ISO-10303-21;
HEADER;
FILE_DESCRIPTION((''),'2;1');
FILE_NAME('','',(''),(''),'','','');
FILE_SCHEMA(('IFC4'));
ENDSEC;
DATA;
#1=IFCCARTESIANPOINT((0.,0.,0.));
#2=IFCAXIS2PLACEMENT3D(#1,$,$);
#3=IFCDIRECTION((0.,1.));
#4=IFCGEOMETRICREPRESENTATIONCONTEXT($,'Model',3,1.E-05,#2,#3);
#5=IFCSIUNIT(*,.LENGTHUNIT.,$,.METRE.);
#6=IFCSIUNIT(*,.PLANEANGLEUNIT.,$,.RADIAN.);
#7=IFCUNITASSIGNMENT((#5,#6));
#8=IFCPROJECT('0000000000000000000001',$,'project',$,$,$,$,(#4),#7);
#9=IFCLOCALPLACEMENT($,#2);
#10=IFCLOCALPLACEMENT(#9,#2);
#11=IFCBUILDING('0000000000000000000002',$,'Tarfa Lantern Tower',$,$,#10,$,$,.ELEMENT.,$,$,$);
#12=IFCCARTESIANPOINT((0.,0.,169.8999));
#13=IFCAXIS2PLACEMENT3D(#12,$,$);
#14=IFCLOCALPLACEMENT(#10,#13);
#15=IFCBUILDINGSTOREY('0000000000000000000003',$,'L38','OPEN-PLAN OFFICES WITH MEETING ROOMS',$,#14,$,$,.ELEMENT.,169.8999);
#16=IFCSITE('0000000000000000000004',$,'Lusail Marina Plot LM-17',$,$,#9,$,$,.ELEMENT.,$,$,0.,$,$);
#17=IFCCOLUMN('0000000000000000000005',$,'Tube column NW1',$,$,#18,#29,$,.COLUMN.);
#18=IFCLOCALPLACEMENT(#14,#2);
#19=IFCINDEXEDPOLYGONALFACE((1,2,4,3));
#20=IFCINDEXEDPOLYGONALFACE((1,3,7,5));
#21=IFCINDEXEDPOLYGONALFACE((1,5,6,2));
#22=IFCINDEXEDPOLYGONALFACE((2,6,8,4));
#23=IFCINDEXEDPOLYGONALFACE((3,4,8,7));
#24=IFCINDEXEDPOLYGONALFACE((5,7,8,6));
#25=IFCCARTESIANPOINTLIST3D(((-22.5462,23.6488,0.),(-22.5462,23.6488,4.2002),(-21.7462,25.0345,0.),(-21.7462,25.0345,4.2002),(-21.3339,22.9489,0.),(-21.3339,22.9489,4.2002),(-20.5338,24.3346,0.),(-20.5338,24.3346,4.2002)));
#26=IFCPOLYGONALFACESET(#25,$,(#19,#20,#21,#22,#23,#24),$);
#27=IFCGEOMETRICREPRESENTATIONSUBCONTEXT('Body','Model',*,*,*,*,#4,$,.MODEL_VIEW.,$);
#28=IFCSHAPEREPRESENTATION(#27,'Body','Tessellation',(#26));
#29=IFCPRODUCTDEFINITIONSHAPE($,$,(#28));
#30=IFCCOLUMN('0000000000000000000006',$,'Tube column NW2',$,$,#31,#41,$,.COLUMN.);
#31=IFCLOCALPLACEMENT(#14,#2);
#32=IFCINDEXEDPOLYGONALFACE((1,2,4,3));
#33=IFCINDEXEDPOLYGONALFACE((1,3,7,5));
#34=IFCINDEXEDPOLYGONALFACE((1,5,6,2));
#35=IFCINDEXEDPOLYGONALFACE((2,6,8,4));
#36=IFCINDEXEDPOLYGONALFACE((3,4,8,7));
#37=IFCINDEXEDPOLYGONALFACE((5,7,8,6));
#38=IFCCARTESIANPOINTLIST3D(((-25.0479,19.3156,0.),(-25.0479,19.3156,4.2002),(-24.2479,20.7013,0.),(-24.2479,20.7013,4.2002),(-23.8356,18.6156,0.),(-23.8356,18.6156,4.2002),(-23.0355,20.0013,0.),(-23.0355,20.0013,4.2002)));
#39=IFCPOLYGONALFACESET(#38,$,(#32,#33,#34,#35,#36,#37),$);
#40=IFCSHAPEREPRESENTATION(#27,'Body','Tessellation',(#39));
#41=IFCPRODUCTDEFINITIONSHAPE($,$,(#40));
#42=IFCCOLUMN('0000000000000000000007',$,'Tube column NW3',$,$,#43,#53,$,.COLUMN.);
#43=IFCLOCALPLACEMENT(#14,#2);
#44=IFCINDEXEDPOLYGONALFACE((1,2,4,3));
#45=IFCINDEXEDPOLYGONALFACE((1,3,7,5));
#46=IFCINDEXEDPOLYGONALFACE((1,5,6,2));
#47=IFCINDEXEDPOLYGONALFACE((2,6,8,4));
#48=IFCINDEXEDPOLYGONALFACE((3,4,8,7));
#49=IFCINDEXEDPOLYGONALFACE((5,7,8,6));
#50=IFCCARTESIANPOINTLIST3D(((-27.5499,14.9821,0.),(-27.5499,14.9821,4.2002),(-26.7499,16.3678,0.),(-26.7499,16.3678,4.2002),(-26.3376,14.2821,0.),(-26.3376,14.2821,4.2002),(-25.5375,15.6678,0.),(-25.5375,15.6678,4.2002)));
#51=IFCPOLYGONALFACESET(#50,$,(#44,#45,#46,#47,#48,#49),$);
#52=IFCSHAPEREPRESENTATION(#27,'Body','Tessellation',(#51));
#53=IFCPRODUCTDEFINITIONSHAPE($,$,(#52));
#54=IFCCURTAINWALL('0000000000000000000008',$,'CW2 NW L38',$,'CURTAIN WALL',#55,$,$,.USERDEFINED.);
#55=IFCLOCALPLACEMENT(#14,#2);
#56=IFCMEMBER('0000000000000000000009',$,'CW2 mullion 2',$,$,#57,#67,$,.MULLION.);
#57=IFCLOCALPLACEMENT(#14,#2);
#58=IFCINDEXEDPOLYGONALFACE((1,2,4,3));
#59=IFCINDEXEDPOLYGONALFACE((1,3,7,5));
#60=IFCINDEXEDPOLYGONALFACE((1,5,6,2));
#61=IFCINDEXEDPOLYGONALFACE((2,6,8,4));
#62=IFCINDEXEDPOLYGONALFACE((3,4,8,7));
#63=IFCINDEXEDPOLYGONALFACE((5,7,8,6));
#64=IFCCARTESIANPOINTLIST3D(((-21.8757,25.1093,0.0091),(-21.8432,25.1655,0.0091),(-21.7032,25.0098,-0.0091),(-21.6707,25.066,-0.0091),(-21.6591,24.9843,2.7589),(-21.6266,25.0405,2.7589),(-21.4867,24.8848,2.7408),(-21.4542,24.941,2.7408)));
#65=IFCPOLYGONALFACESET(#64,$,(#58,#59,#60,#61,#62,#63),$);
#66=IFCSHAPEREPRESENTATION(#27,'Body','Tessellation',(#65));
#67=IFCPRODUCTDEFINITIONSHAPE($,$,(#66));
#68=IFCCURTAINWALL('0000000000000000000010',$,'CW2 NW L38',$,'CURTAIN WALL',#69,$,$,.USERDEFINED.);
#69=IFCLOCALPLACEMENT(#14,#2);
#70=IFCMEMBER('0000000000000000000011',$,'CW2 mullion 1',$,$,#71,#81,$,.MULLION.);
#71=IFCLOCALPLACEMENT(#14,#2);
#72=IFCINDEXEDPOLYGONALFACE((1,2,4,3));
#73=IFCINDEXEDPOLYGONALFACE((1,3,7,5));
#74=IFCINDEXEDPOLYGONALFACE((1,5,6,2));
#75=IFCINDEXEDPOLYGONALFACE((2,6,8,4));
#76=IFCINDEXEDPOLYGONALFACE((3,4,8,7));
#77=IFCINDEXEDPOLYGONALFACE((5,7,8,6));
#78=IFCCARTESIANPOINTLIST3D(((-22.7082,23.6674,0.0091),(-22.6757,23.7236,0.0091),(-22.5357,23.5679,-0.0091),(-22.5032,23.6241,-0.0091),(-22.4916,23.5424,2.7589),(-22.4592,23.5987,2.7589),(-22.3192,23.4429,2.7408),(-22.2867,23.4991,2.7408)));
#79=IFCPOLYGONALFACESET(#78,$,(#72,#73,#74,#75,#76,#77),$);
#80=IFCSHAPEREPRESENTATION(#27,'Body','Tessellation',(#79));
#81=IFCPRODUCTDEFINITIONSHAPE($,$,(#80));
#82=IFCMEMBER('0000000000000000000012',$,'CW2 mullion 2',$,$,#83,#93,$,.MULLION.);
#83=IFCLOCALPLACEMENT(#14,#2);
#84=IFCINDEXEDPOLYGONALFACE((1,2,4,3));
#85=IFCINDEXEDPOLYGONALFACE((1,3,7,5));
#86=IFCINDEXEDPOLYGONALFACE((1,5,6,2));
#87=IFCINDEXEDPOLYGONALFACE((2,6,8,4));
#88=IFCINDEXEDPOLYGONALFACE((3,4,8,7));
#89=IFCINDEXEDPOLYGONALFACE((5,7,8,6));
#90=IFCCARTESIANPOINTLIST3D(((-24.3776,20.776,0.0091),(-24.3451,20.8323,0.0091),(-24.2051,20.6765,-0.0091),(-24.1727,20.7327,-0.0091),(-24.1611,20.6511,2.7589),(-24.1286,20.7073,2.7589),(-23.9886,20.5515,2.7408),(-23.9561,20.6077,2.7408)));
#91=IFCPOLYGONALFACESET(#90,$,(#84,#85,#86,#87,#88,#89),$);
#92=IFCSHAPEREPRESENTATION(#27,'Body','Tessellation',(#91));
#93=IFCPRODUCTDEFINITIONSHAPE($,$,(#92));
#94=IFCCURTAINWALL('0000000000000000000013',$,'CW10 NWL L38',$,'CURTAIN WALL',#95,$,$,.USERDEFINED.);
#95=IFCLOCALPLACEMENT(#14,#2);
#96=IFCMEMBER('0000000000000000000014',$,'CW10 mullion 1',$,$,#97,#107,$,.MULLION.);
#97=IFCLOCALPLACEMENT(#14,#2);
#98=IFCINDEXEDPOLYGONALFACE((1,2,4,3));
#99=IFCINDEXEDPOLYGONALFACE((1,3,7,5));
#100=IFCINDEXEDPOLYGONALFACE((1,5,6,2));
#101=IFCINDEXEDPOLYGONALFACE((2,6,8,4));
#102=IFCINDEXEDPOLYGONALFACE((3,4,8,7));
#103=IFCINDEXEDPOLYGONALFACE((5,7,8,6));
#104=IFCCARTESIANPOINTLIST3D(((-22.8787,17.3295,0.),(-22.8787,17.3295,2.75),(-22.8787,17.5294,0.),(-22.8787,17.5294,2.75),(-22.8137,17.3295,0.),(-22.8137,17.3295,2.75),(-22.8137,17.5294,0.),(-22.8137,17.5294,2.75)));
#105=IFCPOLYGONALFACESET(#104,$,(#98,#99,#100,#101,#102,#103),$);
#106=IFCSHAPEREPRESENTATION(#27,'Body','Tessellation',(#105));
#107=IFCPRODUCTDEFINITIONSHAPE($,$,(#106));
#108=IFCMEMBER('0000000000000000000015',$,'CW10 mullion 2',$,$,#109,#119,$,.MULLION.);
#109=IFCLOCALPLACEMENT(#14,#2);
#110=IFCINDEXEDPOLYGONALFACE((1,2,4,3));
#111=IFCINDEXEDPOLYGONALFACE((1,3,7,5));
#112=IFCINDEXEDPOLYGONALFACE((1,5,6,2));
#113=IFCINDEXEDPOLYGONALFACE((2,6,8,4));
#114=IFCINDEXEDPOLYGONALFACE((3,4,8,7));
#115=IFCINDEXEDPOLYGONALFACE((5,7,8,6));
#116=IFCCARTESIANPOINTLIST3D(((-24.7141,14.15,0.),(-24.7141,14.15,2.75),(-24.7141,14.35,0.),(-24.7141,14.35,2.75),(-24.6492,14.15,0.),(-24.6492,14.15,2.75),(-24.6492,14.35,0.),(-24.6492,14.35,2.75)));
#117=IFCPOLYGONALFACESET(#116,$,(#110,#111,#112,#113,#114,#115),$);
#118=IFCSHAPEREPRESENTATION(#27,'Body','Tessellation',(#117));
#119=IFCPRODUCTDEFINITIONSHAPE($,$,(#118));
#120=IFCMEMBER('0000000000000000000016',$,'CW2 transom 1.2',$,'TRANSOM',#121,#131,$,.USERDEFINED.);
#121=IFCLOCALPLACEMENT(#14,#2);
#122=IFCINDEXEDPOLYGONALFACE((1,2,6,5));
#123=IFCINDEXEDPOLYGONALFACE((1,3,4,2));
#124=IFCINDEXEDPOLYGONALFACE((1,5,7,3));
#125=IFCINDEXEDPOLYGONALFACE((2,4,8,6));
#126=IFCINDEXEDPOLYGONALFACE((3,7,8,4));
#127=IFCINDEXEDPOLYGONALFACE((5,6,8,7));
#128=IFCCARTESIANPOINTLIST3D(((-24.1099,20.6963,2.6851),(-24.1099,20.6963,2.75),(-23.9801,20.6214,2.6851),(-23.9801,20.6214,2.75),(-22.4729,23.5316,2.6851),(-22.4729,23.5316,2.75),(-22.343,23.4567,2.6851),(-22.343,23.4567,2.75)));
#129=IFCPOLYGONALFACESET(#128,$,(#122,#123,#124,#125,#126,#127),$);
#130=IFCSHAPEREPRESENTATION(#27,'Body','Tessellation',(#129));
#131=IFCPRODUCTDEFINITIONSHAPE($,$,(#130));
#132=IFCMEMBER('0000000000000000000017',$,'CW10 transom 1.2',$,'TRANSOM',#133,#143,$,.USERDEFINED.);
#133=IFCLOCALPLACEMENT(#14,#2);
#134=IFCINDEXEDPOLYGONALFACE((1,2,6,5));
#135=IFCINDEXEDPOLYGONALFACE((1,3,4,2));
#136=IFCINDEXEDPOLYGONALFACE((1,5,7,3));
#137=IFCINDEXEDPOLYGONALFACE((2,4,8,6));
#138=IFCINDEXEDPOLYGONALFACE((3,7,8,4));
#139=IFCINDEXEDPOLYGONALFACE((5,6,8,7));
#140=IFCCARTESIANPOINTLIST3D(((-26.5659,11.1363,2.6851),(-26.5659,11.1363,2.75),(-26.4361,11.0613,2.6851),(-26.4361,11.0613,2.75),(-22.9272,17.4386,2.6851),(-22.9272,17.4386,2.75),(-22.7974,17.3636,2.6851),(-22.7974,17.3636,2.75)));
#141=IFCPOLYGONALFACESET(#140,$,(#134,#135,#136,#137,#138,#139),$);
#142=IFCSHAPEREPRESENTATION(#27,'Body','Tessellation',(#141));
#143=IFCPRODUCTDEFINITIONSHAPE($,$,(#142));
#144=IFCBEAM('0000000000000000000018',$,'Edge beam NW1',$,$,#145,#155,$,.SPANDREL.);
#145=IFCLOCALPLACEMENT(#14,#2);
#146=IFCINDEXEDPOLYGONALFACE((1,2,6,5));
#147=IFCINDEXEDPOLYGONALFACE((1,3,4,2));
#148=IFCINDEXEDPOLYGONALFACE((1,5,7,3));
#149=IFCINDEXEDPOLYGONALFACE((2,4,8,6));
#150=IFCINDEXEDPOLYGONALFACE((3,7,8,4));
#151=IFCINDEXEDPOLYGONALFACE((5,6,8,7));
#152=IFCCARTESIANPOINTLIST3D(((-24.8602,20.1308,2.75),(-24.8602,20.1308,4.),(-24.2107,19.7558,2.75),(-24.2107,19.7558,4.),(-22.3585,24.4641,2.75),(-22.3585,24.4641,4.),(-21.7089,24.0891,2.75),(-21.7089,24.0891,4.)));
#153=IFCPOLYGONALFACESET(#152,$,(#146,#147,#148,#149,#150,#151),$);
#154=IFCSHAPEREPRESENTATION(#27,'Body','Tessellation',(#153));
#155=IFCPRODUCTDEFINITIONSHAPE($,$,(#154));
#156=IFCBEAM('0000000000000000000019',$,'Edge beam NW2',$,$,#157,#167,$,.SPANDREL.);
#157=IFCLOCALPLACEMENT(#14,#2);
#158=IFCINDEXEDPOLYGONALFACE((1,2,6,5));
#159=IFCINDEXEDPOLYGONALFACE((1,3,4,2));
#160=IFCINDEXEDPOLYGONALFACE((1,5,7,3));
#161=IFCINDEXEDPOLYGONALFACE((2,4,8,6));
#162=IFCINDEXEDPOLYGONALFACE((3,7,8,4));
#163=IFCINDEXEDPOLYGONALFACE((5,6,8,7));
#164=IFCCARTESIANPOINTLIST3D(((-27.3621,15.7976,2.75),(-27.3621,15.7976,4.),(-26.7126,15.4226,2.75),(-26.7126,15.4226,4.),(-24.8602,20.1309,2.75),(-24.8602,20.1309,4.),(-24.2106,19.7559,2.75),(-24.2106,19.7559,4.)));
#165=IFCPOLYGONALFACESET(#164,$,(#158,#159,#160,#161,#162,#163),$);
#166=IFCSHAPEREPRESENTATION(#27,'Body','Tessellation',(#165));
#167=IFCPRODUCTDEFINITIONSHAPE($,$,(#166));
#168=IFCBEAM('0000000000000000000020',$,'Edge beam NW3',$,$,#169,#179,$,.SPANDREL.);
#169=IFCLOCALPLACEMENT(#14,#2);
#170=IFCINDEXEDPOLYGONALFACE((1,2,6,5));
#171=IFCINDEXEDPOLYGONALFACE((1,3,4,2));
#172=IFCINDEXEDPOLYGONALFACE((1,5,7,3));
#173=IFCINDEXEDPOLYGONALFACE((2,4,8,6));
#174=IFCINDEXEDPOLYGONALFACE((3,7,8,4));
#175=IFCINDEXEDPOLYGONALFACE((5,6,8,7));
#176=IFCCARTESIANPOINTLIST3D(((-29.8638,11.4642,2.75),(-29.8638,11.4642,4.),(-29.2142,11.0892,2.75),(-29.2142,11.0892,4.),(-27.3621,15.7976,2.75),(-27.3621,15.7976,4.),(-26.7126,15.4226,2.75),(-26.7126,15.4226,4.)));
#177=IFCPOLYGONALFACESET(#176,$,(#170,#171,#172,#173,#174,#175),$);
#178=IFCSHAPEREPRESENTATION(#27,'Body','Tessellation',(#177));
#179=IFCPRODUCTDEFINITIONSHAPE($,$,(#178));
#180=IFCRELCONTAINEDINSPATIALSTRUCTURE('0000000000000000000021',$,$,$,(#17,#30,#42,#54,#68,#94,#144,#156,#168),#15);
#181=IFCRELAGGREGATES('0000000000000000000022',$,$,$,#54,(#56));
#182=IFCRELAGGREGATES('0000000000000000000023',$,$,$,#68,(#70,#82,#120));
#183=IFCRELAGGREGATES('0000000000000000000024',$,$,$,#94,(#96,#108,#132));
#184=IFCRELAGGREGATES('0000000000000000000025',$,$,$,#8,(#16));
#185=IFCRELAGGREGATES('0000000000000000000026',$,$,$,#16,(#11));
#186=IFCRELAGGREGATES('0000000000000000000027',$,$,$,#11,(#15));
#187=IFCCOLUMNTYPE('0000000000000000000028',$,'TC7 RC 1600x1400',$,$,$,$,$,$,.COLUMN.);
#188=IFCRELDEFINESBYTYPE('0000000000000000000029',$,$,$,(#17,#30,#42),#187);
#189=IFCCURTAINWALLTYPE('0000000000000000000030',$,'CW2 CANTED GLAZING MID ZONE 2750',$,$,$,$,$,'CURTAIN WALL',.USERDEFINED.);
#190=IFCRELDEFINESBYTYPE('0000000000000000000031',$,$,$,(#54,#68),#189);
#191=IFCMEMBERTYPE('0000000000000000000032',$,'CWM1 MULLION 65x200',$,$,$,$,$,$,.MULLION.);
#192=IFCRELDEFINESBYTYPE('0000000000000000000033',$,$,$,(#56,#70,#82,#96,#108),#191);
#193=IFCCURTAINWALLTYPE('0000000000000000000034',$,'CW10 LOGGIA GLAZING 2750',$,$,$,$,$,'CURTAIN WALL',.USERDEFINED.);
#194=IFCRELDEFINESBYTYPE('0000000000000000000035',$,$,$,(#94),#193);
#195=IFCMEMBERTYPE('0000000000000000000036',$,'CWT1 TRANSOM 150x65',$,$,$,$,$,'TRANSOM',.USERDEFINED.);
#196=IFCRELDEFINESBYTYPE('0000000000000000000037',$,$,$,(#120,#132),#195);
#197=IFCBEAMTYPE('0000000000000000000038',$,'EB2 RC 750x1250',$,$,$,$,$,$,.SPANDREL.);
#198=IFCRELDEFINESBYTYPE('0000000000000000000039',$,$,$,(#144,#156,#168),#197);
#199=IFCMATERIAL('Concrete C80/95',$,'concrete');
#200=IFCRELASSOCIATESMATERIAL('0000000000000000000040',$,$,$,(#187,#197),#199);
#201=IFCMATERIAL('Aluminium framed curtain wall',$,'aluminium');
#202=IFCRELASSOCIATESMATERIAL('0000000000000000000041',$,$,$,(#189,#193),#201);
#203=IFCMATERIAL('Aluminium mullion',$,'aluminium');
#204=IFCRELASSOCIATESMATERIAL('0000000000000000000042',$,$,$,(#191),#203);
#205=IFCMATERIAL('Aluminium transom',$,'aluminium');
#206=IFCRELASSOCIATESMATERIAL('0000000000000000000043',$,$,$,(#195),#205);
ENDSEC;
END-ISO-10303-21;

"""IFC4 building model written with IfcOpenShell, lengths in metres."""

from ifc_helpers import new_model, si_unit, direction, frame, origin, origin_2d, place, context, subcontext, project, spatial, rectangle, extrude, material, material_profile, profile_set, type_object, element, aggregate, save


model = new_model("IFC4")

# Units and contexts
model_context = context("Model", 3, precision=1e-05, world=origin(), true_north=direction((0.0, 1.0)))
body_context = subcontext(model_context, "Body", "Model", "MODEL_VIEW")
ifc_project = project(units=[si_unit("LENGTHUNIT", "METRE"), si_unit("PLANEANGLEUNIT", "RADIAN")], contexts=[model_context])

# Site, building, storey
site_placement = place(None, origin())
site = spatial("IfcSite", under=ifc_project, at=site_placement, Name="Lusail Marina Plot LM-17", CompositionType="ELEMENT", RefElevation=0.0)
building_placement = place(site_placement, origin())
building = spatial("IfcBuilding", under=site, at=building_placement, Name="Tarfa Lantern Tower", CompositionType="ELEMENT")
storey_placement = place(building_placement, frame((0.0, 0.0, 169.8999)))
storey = spatial("IfcBuildingStorey", under=building, at=storey_placement, Name="L38", Description="OPEN-PLAN OFFICES WITH MEETING ROOMS", CompositionType="ELEMENT", Elevation=169.8999)

# Columns
ifc_material_1 = material(Name="Concrete C80/95", Category="concrete")
ifc_material_profile_1 = material_profile(ifc_material_1, rectangle(XDim=1.6001, YDim=1.3999, at=origin_2d()), Name="RC 1600x1400")
ifc_profile_set_1 = profile_set([ifc_material_profile_1], Name="Concrete C80/95")
column_type = type_object("IfcColumnType", Name="TC7 RC 1600x1400", PredefinedType="COLUMN", material=ifc_profile_set_1)
for number, where, z_axis, x_axis, name in (
    (1, (-21.54, 23.9917, 0.0), (0.0, 0.0, 1.0), (-0.5, -0.866025, 0.0), "Tube column NW1"),
    (2, (-24.0417, 19.6584, 0.0), (0.0, 0.0, 1.0), (-0.5, -0.866025, 0.0), "Tube column NW2"),
    (3, (-26.5437, 15.325, 0.0), (0.0, 0.0, 1.0), (-0.5, -0.866025, 0.0), "Tube column NW3"),
):
    element("IfcColumn", number, at=place(storey_placement, frame(where, z_axis=z_axis, x_axis=x_axis)), inside=storey, type_object=column_type, Name=name, PredefinedType="COLUMN", context=body_context, shape_type="SweptSolid", body=[
        extrude(rectangle(XDim=1.6001, YDim=1.3999, at=origin_2d()), origin(), (0.0, 0.0, 1.0), 4.2002),
    ])

# Curtain wall, member
ifc_material_2 = material(Name="Aluminium framed curtain wall", Category="aluminium")
curtain_wall_type_1 = type_object("IfcCurtainWallType", Name="CW2 CANTED GLAZING MID ZONE 2750", ElementType="CURTAIN WALL", PredefinedType="USERDEFINED", material=ifc_material_2)
curtain_wall_1_placement = place(storey_placement, origin())
curtain_wall_1 = element("IfcCurtainWall", 4, at=curtain_wall_1_placement, inside=storey, type_object=curtain_wall_type_1, Name="CW2 NW L38", ObjectType="CURTAIN WALL", PredefinedType="USERDEFINED")
ifc_material_3 = material(Name="Aluminium mullion", Category="aluminium")
ifc_material_profile_2 = material_profile(ifc_material_3, rectangle(XDim=0.0649, YDim=0.2, at=origin_2d()), Name="AL MULLION 65x200")
ifc_profile_set_2 = profile_set([ifc_material_profile_2], Name="Aluminium mullion")
member_type_1 = type_object("IfcMemberType", Name="CWM1 MULLION 65x200", PredefinedType="MULLION", material=ifc_profile_set_2)
member_1_placement = place(storey_placement, frame((-21.7732, 25.0876, 0.0), z_axis=(0.078423, -0.045268, 0.995892), x_axis=(0.49992, 0.866072, 0.0)))
member_1 = element("IfcMember", 5, at=member_1_placement, type_object=member_type_1, Name="CW2 mullion 2", PredefinedType="MULLION", context=body_context, shape_type="SweptSolid", body=[
    extrude(rectangle(XDim=0.0649, YDim=0.2, at=origin_2d()), origin(), (0.0, 0.0, 1.0), 2.7612),
])
aggregate(curtain_wall_1, [member_1])

# Curtain walls, members
curtain_wall_2_placement = place(storey_placement, origin())
curtain_wall_2 = element("IfcCurtainWall", 6, at=curtain_wall_2_placement, inside=storey, type_object=curtain_wall_type_1, Name="CW2 NW L38", ObjectType="CURTAIN WALL", PredefinedType="USERDEFINED")
member_2_placement = place(storey_placement, frame((-22.6057, 23.6458, 0.0), z_axis=(0.078423, -0.045268, 0.995892), x_axis=(0.49992, 0.866072, 0.0)))
member_2 = element("IfcMember", 7, at=member_2_placement, type_object=member_type_1, Name="CW2 mullion 1", PredefinedType="MULLION", context=body_context, shape_type="SweptSolid", body=[
    extrude(rectangle(XDim=0.0649, YDim=0.2, at=origin_2d()), origin(), (0.0, 0.0, 1.0), 2.7612),
])
member_3_placement = place(storey_placement, frame((-24.2751, 20.7544, 0.0), z_axis=(0.078423, -0.045268, 0.995892), x_axis=(0.49992, 0.866072, 0.0)))
member_3 = element("IfcMember", 8, at=member_3_placement, type_object=member_type_1, Name="CW2 mullion 2", PredefinedType="MULLION", context=body_context, shape_type="SweptSolid", body=[
    extrude(rectangle(XDim=0.0649, YDim=0.2, at=origin_2d()), origin(), (0.0, 0.0, 1.0), 2.7612),
])
curtain_wall_type_2 = type_object("IfcCurtainWallType", Name="CW10 LOGGIA GLAZING 2750", ElementType="CURTAIN WALL", PredefinedType="USERDEFINED", material=ifc_material_2)
curtain_wall_3_placement = place(storey_placement, origin())
curtain_wall_3 = element("IfcCurtainWall", 9, at=curtain_wall_3_placement, inside=storey, type_object=curtain_wall_type_2, Name="CW10 NWL L38", ObjectType="CURTAIN WALL", PredefinedType="USERDEFINED")
member_4_placement = place(storey_placement, frame((-22.8462, 17.4294, 0.0), z_axis=(0.0, 0.0, 1.0), x_axis=(1.0, 0.0, 0.0)))
member_4 = element("IfcMember", 10, at=member_4_placement, type_object=member_type_1, Name="CW10 mullion 1", PredefinedType="MULLION", context=body_context, shape_type="SweptSolid", body=[
    extrude(rectangle(XDim=0.0649, YDim=0.2, at=origin_2d()), origin(), (0.0, 0.0, 1.0), 2.75),
])
member_5_placement = place(storey_placement, frame((-24.6816, 14.25, 0.0), z_axis=(0.0, 0.0, 1.0), x_axis=(1.0, 0.0, 0.0)))
member_5 = element("IfcMember", 11, at=member_5_placement, type_object=member_type_1, Name="CW10 mullion 2", PredefinedType="MULLION", context=body_context, shape_type="SweptSolid", body=[
    extrude(rectangle(XDim=0.0649, YDim=0.2, at=origin_2d()), origin(), (0.0, 0.0, 1.0), 2.75),
])

# Members
ifc_material_4 = material(Name="Aluminium transom", Category="aluminium")
ifc_material_profile_3 = material_profile(ifc_material_4, rectangle(XDim=0.1499, YDim=0.0649, at=origin_2d()), Name="AL TRANSOM 150x65")
ifc_profile_set_3 = profile_set([ifc_material_profile_3], Name="Aluminium transom")
member_type_2 = type_object("IfcMemberType", Name="CWT1 TRANSOM 150x65", ElementType="TRANSOM", PredefinedType="USERDEFINED", material=ifc_profile_set_3)
member_6_placement = place(storey_placement, frame((-22.408, 23.4941, 2.7175), z_axis=(-0.500013, -0.866018, 0.0), x_axis=(0.866018, -0.500013, 0.0)))
member_6 = element("IfcMember", 12, at=member_6_placement, type_object=member_type_2, Name="CW2 transom 1.2", ObjectType="TRANSOM", PredefinedType="USERDEFINED", context=body_context, shape_type="SweptSolid", body=[
    extrude(rectangle(XDim=0.1499, YDim=0.0649, at=origin_2d()), origin(), (0.0, 0.0, 1.0), 3.2739),
])
member_7_placement = place(storey_placement, frame((-22.8623, 17.4011, 2.7175), z_axis=(-0.500007, -0.866021, 0.0), x_axis=(0.866021, -0.500007, 0.0)))
member_7 = element("IfcMember", 13, at=member_7_placement, type_object=member_type_2, Name="CW10 transom 1.2", ObjectType="TRANSOM", PredefinedType="USERDEFINED", context=body_context, shape_type="SweptSolid", body=[
    extrude(rectangle(XDim=0.1499, YDim=0.0649, at=origin_2d()), origin(), (0.0, 0.0, 1.0), 7.2773),
])

# Beams
ifc_material_profile_4 = material_profile(ifc_material_1, rectangle(XDim=0.75, YDim=1.25, at=origin_2d()), Name="RC 750x1250")
ifc_profile_set_4 = profile_set([ifc_material_profile_4], Name="Concrete C80/95")
beam_type_1 = type_object("IfcBeamType", Name="EB2 RC 750x1250", PredefinedType="SPANDREL", material=ifc_profile_set_4)
for number, where, z_axis, x_axis, name in (
    (14, (-22.0337, 24.2766, 3.375), (-0.499986, -0.866034, 0.0), (0.866034, -0.499986, 0.0), "Edge beam NW1"),
    (15, (-24.5354, 19.9434, 3.375), (-0.500022, -0.866013, 0.0), (0.866013, -0.500022, 0.0), "Edge beam NW2"),
    (16, (-27.0374, 15.6101, 3.375), (-0.499965, -0.866046, 0.0), (0.866046, -0.499965, 0.0), "Edge beam NW3"),
):
    element("IfcBeam", number, at=place(storey_placement, frame(where, z_axis=z_axis, x_axis=x_axis)), inside=storey, type_object=beam_type_1, Name=name, PredefinedType="SPANDREL", context=body_context, shape_type="SweptSolid", body=[
        extrude(rectangle(XDim=0.75, YDim=1.25, at=origin_2d()), origin(), (0.0, 0.0, 1.0), 5.0037),
    ])

aggregate(curtain_wall_2, [member_2, member_3, member_6])
aggregate(curtain_wall_3, [member_4, member_5, member_7])

save(model, "model.ifc")
